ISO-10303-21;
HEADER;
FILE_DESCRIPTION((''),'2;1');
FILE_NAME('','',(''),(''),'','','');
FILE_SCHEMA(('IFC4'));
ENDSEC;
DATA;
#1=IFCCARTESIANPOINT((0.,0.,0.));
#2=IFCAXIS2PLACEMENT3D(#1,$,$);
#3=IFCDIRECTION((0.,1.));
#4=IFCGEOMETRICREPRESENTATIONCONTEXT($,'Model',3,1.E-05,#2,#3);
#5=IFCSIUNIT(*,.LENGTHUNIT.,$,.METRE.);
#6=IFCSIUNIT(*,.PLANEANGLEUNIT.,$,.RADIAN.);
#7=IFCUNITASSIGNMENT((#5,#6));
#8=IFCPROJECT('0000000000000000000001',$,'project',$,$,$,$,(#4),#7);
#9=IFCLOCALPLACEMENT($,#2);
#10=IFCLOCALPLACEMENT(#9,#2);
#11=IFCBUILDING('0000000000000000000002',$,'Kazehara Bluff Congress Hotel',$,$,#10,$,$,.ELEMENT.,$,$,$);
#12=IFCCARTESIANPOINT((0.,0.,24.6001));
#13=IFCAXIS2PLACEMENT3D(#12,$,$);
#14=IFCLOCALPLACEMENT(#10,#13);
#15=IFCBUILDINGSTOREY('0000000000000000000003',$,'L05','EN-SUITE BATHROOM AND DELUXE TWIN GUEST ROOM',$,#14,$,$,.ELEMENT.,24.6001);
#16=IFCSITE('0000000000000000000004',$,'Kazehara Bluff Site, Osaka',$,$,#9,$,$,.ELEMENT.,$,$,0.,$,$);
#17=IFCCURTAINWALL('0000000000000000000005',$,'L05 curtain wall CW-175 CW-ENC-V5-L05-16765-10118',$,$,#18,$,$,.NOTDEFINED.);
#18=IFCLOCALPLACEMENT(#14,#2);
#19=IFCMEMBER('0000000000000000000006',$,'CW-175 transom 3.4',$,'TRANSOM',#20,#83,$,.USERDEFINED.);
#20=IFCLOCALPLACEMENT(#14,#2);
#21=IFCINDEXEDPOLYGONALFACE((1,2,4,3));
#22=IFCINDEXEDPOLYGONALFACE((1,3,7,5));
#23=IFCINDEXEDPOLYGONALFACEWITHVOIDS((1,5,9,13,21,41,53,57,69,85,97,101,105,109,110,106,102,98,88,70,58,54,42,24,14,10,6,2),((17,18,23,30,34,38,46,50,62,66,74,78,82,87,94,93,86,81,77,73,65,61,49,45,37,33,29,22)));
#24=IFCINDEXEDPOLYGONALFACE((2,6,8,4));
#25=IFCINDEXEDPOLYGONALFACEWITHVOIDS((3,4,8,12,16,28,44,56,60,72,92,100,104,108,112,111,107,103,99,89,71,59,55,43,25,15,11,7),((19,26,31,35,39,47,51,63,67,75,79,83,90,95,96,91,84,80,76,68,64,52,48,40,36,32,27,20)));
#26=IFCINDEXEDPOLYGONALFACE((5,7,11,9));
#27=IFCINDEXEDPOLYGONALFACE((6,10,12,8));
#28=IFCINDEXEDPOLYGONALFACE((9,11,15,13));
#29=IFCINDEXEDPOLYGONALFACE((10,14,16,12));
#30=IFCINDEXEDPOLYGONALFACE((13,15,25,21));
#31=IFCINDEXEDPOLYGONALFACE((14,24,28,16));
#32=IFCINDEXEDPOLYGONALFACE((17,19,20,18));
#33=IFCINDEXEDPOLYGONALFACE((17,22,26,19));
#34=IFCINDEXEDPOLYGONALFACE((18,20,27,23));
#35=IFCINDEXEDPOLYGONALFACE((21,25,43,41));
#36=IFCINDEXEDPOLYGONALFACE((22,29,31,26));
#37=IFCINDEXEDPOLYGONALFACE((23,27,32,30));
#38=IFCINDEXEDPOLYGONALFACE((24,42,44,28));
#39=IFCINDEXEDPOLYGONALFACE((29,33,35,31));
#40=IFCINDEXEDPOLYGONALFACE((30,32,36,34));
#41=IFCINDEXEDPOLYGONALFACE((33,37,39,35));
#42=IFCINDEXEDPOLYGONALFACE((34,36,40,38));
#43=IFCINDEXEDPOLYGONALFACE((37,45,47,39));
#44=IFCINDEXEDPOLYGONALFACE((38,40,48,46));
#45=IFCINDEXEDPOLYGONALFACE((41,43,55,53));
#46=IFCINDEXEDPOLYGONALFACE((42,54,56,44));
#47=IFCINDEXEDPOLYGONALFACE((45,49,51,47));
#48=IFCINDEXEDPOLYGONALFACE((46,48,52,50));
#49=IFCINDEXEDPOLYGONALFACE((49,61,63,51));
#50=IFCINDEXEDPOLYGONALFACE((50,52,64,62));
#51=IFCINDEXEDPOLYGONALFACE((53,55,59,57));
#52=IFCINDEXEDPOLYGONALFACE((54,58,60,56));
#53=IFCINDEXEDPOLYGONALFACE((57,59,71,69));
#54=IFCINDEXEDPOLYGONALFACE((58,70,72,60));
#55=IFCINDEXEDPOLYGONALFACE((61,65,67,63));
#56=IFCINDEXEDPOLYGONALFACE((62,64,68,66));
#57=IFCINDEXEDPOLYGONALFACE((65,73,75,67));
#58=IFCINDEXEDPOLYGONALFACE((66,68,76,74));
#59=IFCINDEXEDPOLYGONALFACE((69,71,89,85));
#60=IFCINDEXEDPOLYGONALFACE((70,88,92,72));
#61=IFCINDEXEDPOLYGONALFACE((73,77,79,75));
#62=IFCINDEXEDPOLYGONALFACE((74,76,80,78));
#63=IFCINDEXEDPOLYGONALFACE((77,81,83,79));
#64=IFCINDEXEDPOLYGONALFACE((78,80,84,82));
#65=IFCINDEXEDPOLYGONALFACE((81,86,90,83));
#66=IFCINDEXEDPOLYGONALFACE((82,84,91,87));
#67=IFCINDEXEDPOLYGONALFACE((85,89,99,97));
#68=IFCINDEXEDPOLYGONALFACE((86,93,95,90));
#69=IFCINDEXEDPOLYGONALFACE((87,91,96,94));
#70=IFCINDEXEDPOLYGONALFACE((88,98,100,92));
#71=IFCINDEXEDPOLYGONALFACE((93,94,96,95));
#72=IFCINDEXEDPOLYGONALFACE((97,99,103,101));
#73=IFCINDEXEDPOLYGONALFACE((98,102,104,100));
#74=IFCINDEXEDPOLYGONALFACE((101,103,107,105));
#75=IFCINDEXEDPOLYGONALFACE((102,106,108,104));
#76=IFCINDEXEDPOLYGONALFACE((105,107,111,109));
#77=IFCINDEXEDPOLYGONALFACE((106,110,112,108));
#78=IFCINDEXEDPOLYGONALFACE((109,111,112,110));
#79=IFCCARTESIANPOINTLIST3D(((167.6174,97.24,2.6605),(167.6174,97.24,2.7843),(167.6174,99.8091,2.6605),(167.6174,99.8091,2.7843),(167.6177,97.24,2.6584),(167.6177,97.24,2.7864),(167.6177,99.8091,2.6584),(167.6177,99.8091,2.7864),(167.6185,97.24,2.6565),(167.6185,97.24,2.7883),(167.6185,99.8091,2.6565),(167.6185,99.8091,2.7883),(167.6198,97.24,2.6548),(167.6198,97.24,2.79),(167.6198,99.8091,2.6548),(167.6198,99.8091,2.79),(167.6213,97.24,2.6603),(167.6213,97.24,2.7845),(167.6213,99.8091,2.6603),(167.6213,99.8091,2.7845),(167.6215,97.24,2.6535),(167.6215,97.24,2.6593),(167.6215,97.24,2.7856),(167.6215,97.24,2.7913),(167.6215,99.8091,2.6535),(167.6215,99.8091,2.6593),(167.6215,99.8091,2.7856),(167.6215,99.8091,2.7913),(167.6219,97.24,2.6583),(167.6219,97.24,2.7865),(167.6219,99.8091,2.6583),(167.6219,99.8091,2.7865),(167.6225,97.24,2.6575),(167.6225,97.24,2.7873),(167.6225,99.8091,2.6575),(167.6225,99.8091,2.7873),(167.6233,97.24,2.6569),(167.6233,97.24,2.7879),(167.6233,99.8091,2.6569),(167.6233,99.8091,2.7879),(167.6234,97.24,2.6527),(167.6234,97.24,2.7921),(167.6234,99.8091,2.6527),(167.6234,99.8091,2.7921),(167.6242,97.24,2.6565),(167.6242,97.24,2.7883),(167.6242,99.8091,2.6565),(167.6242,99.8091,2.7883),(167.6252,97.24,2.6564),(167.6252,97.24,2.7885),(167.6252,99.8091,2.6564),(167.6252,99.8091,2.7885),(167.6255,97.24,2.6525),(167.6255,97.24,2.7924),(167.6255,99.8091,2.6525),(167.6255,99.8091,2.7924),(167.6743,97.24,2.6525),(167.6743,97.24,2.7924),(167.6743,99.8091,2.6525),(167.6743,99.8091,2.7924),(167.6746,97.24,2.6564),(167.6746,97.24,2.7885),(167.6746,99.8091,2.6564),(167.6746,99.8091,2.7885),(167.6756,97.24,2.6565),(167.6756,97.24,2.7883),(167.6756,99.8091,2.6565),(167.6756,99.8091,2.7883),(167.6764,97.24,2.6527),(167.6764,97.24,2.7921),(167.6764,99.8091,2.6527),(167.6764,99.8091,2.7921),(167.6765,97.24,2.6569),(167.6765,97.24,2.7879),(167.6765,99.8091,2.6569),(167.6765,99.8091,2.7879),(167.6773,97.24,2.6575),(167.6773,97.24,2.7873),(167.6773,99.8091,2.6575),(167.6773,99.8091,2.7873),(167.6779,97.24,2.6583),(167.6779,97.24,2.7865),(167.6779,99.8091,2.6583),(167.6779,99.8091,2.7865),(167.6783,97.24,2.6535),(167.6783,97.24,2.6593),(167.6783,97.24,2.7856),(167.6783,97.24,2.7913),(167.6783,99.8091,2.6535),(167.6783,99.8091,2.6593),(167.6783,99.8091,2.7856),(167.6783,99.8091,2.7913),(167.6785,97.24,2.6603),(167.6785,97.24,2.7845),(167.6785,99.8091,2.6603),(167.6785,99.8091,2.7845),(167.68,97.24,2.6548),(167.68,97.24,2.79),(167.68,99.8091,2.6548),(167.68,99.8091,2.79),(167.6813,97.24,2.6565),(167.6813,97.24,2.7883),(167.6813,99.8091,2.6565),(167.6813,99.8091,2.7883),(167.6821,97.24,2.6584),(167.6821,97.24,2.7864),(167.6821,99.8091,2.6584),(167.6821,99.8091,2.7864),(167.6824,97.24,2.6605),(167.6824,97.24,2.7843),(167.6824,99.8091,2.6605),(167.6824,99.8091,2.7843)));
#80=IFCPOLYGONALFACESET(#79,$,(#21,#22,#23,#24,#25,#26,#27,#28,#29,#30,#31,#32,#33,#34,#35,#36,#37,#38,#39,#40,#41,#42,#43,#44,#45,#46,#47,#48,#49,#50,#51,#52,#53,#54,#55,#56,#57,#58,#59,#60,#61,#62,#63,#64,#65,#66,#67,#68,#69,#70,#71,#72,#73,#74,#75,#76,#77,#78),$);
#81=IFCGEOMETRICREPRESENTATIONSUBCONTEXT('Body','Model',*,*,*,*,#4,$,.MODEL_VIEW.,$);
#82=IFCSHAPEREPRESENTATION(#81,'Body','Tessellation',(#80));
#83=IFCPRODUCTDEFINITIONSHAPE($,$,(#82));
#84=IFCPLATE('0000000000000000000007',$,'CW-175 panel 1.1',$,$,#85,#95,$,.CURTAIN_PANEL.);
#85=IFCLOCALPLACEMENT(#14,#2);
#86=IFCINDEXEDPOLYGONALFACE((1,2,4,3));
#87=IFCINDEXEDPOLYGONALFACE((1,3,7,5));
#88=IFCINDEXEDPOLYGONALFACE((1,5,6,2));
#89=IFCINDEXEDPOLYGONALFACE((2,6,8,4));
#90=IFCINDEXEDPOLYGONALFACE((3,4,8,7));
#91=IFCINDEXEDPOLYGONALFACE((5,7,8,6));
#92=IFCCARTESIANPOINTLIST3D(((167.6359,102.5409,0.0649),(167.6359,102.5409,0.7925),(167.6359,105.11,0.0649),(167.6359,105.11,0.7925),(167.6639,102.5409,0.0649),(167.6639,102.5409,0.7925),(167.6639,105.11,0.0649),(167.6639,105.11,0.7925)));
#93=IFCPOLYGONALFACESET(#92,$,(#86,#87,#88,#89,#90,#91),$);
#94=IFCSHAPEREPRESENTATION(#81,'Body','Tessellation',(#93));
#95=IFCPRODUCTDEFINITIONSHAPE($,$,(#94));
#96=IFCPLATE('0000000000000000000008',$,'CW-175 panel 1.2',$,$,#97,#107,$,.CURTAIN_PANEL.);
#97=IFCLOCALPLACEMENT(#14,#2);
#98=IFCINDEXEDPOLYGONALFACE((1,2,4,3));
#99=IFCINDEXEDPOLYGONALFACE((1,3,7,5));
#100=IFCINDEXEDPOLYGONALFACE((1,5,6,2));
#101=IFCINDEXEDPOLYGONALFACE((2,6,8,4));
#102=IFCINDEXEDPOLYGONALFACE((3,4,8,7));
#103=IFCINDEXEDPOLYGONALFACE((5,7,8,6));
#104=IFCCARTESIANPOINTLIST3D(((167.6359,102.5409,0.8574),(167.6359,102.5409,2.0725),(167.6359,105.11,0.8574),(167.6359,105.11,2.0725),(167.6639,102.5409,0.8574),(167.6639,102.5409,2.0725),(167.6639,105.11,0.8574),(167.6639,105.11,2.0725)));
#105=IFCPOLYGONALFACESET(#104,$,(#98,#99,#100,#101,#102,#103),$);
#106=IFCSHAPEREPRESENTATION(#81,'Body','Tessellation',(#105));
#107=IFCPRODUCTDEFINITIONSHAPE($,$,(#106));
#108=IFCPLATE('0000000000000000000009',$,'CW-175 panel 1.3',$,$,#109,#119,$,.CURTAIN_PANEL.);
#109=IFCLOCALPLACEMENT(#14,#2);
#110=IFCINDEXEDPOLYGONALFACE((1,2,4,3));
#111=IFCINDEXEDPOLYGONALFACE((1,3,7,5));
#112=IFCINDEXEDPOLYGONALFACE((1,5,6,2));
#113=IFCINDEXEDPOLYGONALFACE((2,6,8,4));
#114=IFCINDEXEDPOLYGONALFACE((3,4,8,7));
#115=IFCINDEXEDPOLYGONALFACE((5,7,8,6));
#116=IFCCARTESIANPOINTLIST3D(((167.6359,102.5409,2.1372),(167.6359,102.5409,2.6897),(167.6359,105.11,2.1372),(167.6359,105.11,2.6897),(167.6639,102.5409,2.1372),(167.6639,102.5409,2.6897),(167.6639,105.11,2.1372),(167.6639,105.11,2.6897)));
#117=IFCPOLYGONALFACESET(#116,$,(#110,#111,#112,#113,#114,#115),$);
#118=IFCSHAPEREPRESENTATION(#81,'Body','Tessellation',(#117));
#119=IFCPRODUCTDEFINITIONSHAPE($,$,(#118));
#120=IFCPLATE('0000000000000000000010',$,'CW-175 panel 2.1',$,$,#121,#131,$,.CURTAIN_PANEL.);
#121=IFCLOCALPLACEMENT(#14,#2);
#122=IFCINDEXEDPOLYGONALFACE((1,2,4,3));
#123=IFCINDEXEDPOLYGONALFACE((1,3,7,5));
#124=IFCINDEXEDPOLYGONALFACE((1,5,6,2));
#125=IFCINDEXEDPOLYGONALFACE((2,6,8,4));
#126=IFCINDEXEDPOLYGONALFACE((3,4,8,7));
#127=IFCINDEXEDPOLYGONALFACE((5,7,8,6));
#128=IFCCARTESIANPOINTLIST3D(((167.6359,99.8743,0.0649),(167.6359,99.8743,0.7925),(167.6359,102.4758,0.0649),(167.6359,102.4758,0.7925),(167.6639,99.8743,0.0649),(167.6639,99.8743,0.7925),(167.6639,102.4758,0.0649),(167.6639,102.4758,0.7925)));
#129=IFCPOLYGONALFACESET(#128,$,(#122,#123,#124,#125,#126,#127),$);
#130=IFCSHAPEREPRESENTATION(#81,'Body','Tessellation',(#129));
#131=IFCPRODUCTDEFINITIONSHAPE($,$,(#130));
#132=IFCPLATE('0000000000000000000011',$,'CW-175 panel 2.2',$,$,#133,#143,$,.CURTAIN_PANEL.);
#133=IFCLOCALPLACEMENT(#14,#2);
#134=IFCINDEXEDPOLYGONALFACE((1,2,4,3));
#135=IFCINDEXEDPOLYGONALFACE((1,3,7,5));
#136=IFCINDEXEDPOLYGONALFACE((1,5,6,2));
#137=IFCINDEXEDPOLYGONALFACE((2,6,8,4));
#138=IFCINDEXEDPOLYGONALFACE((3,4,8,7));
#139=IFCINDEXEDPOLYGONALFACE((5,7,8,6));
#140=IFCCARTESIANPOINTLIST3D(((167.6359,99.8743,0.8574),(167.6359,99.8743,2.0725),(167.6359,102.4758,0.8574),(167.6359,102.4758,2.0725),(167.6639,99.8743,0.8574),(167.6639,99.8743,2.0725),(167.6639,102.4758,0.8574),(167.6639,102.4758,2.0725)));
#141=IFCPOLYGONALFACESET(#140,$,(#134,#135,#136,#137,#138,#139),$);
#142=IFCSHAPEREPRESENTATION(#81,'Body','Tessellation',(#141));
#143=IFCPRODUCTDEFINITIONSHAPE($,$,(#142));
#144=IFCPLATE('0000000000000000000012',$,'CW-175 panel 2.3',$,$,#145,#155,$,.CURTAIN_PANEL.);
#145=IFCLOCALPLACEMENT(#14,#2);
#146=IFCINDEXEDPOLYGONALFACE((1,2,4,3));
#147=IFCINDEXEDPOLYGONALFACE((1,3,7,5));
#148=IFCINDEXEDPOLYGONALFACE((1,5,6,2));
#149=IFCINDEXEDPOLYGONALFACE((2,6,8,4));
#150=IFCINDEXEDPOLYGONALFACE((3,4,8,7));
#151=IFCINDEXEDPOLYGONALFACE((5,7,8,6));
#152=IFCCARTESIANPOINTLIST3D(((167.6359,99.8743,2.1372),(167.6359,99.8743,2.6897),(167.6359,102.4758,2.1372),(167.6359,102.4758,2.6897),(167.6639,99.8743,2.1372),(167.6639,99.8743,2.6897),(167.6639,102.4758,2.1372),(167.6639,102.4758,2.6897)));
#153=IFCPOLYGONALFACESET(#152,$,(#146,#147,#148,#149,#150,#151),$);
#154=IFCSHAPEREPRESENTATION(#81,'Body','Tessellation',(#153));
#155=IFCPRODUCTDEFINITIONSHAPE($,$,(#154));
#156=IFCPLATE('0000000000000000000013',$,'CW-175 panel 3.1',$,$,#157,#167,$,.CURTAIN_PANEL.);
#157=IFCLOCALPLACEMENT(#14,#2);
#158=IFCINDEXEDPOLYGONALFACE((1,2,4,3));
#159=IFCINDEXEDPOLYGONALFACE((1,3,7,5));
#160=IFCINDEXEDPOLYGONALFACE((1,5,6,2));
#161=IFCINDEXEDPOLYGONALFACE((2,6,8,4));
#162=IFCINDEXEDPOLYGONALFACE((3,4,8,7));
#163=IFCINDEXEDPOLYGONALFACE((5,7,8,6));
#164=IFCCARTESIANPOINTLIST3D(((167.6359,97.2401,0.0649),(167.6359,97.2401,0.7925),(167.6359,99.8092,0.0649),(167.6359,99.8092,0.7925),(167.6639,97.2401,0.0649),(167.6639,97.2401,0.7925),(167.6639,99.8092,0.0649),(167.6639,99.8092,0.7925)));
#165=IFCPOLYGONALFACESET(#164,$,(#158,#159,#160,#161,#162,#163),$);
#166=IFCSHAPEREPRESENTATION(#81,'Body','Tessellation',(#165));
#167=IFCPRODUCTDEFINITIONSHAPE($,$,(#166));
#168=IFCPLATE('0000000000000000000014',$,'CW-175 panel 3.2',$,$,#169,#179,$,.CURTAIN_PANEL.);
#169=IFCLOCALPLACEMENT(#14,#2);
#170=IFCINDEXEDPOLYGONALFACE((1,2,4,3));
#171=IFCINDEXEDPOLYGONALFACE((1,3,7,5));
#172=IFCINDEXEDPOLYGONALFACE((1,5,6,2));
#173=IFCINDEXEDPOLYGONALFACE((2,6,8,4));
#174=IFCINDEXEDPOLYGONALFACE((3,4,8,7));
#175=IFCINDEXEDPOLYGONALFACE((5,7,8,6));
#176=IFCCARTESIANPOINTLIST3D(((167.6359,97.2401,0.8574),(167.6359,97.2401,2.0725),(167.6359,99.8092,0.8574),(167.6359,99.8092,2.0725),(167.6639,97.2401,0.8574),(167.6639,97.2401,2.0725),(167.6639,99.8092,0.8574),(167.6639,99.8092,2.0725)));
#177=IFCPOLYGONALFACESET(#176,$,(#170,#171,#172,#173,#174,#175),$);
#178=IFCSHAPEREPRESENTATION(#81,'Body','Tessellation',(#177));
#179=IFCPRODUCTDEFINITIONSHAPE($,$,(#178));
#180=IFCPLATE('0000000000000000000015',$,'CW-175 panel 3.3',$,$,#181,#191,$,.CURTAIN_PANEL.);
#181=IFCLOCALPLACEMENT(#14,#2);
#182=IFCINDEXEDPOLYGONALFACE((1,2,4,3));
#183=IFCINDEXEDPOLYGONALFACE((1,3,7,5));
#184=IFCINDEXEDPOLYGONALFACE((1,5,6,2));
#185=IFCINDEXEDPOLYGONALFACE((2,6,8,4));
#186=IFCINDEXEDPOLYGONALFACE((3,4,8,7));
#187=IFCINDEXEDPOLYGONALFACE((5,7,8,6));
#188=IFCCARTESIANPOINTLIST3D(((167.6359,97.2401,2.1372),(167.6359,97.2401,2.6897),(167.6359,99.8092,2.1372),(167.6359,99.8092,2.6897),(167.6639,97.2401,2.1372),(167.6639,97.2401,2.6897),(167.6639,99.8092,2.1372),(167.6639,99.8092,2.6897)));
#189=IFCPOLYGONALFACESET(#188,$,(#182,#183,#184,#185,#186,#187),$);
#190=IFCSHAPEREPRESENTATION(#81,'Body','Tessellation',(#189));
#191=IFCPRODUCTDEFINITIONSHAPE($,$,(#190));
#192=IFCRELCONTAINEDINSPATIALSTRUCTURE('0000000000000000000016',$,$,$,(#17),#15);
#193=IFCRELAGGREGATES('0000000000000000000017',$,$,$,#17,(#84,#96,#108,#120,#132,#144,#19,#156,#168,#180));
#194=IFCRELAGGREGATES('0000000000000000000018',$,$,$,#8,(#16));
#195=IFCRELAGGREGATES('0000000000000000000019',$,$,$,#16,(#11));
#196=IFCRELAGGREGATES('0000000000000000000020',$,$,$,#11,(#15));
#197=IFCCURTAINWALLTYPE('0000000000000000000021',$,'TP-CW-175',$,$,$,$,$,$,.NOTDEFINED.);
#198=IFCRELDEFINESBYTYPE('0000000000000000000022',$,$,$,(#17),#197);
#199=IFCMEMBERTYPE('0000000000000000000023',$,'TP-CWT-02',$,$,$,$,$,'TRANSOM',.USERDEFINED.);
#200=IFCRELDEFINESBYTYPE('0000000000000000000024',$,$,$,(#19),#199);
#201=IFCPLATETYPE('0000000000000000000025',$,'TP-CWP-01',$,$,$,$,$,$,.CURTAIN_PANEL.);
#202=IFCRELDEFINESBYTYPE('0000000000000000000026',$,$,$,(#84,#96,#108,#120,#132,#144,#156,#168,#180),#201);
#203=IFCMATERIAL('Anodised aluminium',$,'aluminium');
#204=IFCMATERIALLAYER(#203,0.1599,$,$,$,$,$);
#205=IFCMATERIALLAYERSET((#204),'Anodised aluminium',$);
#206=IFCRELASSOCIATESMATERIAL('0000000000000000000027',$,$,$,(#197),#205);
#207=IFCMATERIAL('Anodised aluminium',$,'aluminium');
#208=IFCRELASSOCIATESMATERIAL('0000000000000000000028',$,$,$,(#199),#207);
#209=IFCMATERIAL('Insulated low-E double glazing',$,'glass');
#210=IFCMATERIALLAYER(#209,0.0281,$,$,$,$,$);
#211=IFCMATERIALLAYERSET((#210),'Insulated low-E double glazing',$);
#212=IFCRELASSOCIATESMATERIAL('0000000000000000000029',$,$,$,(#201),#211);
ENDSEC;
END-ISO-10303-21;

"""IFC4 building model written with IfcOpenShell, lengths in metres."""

from ifc_helpers import new_model, si_unit, direction, frame, origin, origin_2d, place, context, subcontext, project, spatial, rectangle, hollow_rectangle, extrude, material, layer, layer_set, material_profile, profile_set, type_object, element, aggregate, save


model = new_model("IFC4")

# Units and contexts
model_context = context("Model", 3, precision=1e-05, world=origin(), true_north=direction((0.0, 1.0)))
body_context = subcontext(model_context, "Body", "Model", "MODEL_VIEW")
ifc_project = project(units=[si_unit("LENGTHUNIT", "METRE"), si_unit("PLANEANGLEUNIT", "RADIAN")], contexts=[model_context])

# Site, building, storey
site_placement = place(None, origin())
site = spatial("IfcSite", under=ifc_project, at=site_placement, Name="Kazehara Bluff Site, Osaka", CompositionType="ELEMENT", RefElevation=0.0)
building_placement = place(site_placement, origin())
building = spatial("IfcBuilding", under=site, at=building_placement, Name="Kazehara Bluff Congress Hotel", CompositionType="ELEMENT")
storey_placement = place(building_placement, frame((0.0, 0.0, 24.6001)))
storey = spatial("IfcBuildingStorey", under=building, at=storey_placement, Name="L05", Description="EN-SUITE BATHROOM AND DELUXE TWIN GUEST ROOM", CompositionType="ELEMENT", Elevation=24.6001)

# Curtain wall, member, plates
ifc_material_1 = material(Name="Anodised aluminium", Category="aluminium")
ifc_layer_1 = layer(ifc_material_1, 0.1599)
ifc_layer_set_1 = layer_set([ifc_layer_1], Name="Anodised aluminium")
curtain_wall_type = type_object("IfcCurtainWallType", Name="TP-CW-175", PredefinedType="NOTDEFINED", material=ifc_layer_set_1)
curtain_wall_placement = place(storey_placement, origin())
curtain_wall = element("IfcCurtainWall", 1, at=curtain_wall_placement, inside=storey, type_object=curtain_wall_type, Name="L05 curtain wall CW-175 CW-ENC-V5-L05-16765-10118", PredefinedType="NOTDEFINED")
ifc_material_2 = material(Name="Anodised aluminium", Category="aluminium")
ifc_material_profile_1 = material_profile(ifc_material_2, hollow_rectangle(XDim=0.0649, YDim=0.1399, WallThickness=0.0039, InnerFilletRadius=0.0039, OuterFilletRadius=0.0081, at=origin_2d()))
ifc_profile_set_1 = profile_set([ifc_material_profile_1], Name="Anodised aluminium")
member_type_1 = type_object("IfcMemberType", Name="TP-CWT-02", ElementType="TRANSOM", PredefinedType="USERDEFINED", material=ifc_profile_set_1)
member_1_placement = place(storey_placement, frame((167.6499, 99.8091, 2.7224), z_axis=(0.0, -1.0, 0.0), x_axis=(1.0, 0.0, 0.0)))
member_1 = element("IfcMember", 2, at=member_1_placement, type_object=member_type_1, Name="CW-175 transom 3.4", ObjectType="TRANSOM", PredefinedType="USERDEFINED", context=body_context, shape_type="SweptSolid", body=[
    extrude(hollow_rectangle(XDim=0.0649, YDim=0.1399, WallThickness=0.0039, InnerFilletRadius=0.0039, OuterFilletRadius=0.0081, at=origin_2d()), origin(), (0.0, 0.0, 1.0), 2.5691),
])
ifc_material_3 = material(Name="Insulated low-E double glazing", Category="glass")
ifc_layer_2 = layer(ifc_material_3, 0.0281)
ifc_layer_set_2 = layer_set([ifc_layer_2], Name="Insulated low-E double glazing")
plate_type = type_object("IfcPlateType", Name="TP-CWP-01", PredefinedType="CURTAIN_PANEL", material=ifc_layer_set_2)
plate_1_placement = place(storey_placement, frame((167.6499, 103.8254, 0.0649), z_axis=(0.0, 0.0, 1.0), x_axis=(0.0, -1.0, 0.0)))
plate_1 = element("IfcPlate", 3, at=plate_1_placement, type_object=plate_type, Name="CW-175 panel 1.1", PredefinedType="CURTAIN_PANEL", context=body_context, shape_type="SweptSolid", body=[
    extrude(rectangle(XDim=2.5691, YDim=0.0281, at=origin_2d()), origin(), (0.0, 0.0, 1.0), 0.7275),
])
plate_2_placement = place(storey_placement, frame((167.6499, 103.8254, 0.8574), z_axis=(0.0, 0.0, 1.0), x_axis=(0.0, -1.0, 0.0)))
plate_2 = element("IfcPlate", 4, at=plate_2_placement, type_object=plate_type, Name="CW-175 panel 1.2", PredefinedType="CURTAIN_PANEL", context=body_context, shape_type="SweptSolid", body=[
    extrude(rectangle(XDim=2.5691, YDim=0.0281, at=origin_2d()), origin(), (0.0, 0.0, 1.0), 1.2151),
])
plate_3_placement = place(storey_placement, frame((167.6499, 103.8254, 2.1372), z_axis=(0.0, 0.0, 1.0), x_axis=(0.0, -1.0, 0.0)))
plate_3 = element("IfcPlate", 5, at=plate_3_placement, type_object=plate_type, Name="CW-175 panel 1.3", PredefinedType="CURTAIN_PANEL", context=body_context, shape_type="SweptSolid", body=[
    extrude(rectangle(XDim=2.5691, YDim=0.0281, at=origin_2d()), origin(), (0.0, 0.0, 1.0), 0.5525),
])
plate_4_placement = place(storey_placement, frame((167.6499, 101.175, 0.0649), z_axis=(0.0, 0.0, 1.0), x_axis=(0.0, -1.0, 0.0)))
plate_4 = element("IfcPlate", 6, at=plate_4_placement, type_object=plate_type, Name="CW-175 panel 2.1", PredefinedType="CURTAIN_PANEL", context=body_context, shape_type="SweptSolid", body=[
    extrude(rectangle(XDim=2.6016, YDim=0.0281, at=origin_2d()), origin(), (0.0, 0.0, 1.0), 0.7275),
])
plate_5_placement = place(storey_placement, frame((167.6499, 101.175, 0.8574), z_axis=(0.0, 0.0, 1.0), x_axis=(0.0, -1.0, 0.0)))
plate_5 = element("IfcPlate", 7, at=plate_5_placement, type_object=plate_type, Name="CW-175 panel 2.2", PredefinedType="CURTAIN_PANEL", context=body_context, shape_type="SweptSolid", body=[
    extrude(rectangle(XDim=2.6016, YDim=0.0281, at=origin_2d()), origin(), (0.0, 0.0, 1.0), 1.2151),
])
plate_6_placement = place(storey_placement, frame((167.6499, 101.175, 2.1372), z_axis=(0.0, 0.0, 1.0), x_axis=(0.0, -1.0, 0.0)))
plate_6 = element("IfcPlate", 8, at=plate_6_placement, type_object=plate_type, Name="CW-175 panel 2.3", PredefinedType="CURTAIN_PANEL", context=body_context, shape_type="SweptSolid", body=[
    extrude(rectangle(XDim=2.6016, YDim=0.0281, at=origin_2d()), origin(), (0.0, 0.0, 1.0), 0.5525),
])
plate_7_placement = place(storey_placement, frame((167.6499, 98.5247, 0.0649), z_axis=(0.0, 0.0, 1.0), x_axis=(0.0, -1.0, 0.0)))
plate_7 = element("IfcPlate", 9, at=plate_7_placement, type_object=plate_type, Name="CW-175 panel 3.1", PredefinedType="CURTAIN_PANEL", context=body_context, shape_type="SweptSolid", body=[
    extrude(rectangle(XDim=2.5691, YDim=0.0281, at=origin_2d()), origin(), (0.0, 0.0, 1.0), 0.7275),
])
plate_8_placement = place(storey_placement, frame((167.6499, 98.5247, 0.8574), z_axis=(0.0, 0.0, 1.0), x_axis=(0.0, -1.0, 0.0)))
plate_8 = element("IfcPlate", 10, at=plate_8_placement, type_object=plate_type, Name="CW-175 panel 3.2", PredefinedType="CURTAIN_PANEL", context=body_context, shape_type="SweptSolid", body=[
    extrude(rectangle(XDim=2.5691, YDim=0.0281, at=origin_2d()), origin(), (0.0, 0.0, 1.0), 1.2151),
])
plate_9_placement = place(storey_placement, frame((167.6499, 98.5247, 2.1372), z_axis=(0.0, 0.0, 1.0), x_axis=(0.0, -1.0, 0.0)))
plate_9 = element("IfcPlate", 11, at=plate_9_placement, type_object=plate_type, Name="CW-175 panel 3.3", PredefinedType="CURTAIN_PANEL", context=body_context, shape_type="SweptSolid", body=[
    extrude(rectangle(XDim=2.5691, YDim=0.0281, at=origin_2d()), origin(), (0.0, 0.0, 1.0), 0.5525),
])
aggregate(curtain_wall, [plate_1, plate_2, plate_3, plate_4, plate_5, plate_6, member_1, plate_7, plate_8, plate_9])

save(model, "model.ifc")
